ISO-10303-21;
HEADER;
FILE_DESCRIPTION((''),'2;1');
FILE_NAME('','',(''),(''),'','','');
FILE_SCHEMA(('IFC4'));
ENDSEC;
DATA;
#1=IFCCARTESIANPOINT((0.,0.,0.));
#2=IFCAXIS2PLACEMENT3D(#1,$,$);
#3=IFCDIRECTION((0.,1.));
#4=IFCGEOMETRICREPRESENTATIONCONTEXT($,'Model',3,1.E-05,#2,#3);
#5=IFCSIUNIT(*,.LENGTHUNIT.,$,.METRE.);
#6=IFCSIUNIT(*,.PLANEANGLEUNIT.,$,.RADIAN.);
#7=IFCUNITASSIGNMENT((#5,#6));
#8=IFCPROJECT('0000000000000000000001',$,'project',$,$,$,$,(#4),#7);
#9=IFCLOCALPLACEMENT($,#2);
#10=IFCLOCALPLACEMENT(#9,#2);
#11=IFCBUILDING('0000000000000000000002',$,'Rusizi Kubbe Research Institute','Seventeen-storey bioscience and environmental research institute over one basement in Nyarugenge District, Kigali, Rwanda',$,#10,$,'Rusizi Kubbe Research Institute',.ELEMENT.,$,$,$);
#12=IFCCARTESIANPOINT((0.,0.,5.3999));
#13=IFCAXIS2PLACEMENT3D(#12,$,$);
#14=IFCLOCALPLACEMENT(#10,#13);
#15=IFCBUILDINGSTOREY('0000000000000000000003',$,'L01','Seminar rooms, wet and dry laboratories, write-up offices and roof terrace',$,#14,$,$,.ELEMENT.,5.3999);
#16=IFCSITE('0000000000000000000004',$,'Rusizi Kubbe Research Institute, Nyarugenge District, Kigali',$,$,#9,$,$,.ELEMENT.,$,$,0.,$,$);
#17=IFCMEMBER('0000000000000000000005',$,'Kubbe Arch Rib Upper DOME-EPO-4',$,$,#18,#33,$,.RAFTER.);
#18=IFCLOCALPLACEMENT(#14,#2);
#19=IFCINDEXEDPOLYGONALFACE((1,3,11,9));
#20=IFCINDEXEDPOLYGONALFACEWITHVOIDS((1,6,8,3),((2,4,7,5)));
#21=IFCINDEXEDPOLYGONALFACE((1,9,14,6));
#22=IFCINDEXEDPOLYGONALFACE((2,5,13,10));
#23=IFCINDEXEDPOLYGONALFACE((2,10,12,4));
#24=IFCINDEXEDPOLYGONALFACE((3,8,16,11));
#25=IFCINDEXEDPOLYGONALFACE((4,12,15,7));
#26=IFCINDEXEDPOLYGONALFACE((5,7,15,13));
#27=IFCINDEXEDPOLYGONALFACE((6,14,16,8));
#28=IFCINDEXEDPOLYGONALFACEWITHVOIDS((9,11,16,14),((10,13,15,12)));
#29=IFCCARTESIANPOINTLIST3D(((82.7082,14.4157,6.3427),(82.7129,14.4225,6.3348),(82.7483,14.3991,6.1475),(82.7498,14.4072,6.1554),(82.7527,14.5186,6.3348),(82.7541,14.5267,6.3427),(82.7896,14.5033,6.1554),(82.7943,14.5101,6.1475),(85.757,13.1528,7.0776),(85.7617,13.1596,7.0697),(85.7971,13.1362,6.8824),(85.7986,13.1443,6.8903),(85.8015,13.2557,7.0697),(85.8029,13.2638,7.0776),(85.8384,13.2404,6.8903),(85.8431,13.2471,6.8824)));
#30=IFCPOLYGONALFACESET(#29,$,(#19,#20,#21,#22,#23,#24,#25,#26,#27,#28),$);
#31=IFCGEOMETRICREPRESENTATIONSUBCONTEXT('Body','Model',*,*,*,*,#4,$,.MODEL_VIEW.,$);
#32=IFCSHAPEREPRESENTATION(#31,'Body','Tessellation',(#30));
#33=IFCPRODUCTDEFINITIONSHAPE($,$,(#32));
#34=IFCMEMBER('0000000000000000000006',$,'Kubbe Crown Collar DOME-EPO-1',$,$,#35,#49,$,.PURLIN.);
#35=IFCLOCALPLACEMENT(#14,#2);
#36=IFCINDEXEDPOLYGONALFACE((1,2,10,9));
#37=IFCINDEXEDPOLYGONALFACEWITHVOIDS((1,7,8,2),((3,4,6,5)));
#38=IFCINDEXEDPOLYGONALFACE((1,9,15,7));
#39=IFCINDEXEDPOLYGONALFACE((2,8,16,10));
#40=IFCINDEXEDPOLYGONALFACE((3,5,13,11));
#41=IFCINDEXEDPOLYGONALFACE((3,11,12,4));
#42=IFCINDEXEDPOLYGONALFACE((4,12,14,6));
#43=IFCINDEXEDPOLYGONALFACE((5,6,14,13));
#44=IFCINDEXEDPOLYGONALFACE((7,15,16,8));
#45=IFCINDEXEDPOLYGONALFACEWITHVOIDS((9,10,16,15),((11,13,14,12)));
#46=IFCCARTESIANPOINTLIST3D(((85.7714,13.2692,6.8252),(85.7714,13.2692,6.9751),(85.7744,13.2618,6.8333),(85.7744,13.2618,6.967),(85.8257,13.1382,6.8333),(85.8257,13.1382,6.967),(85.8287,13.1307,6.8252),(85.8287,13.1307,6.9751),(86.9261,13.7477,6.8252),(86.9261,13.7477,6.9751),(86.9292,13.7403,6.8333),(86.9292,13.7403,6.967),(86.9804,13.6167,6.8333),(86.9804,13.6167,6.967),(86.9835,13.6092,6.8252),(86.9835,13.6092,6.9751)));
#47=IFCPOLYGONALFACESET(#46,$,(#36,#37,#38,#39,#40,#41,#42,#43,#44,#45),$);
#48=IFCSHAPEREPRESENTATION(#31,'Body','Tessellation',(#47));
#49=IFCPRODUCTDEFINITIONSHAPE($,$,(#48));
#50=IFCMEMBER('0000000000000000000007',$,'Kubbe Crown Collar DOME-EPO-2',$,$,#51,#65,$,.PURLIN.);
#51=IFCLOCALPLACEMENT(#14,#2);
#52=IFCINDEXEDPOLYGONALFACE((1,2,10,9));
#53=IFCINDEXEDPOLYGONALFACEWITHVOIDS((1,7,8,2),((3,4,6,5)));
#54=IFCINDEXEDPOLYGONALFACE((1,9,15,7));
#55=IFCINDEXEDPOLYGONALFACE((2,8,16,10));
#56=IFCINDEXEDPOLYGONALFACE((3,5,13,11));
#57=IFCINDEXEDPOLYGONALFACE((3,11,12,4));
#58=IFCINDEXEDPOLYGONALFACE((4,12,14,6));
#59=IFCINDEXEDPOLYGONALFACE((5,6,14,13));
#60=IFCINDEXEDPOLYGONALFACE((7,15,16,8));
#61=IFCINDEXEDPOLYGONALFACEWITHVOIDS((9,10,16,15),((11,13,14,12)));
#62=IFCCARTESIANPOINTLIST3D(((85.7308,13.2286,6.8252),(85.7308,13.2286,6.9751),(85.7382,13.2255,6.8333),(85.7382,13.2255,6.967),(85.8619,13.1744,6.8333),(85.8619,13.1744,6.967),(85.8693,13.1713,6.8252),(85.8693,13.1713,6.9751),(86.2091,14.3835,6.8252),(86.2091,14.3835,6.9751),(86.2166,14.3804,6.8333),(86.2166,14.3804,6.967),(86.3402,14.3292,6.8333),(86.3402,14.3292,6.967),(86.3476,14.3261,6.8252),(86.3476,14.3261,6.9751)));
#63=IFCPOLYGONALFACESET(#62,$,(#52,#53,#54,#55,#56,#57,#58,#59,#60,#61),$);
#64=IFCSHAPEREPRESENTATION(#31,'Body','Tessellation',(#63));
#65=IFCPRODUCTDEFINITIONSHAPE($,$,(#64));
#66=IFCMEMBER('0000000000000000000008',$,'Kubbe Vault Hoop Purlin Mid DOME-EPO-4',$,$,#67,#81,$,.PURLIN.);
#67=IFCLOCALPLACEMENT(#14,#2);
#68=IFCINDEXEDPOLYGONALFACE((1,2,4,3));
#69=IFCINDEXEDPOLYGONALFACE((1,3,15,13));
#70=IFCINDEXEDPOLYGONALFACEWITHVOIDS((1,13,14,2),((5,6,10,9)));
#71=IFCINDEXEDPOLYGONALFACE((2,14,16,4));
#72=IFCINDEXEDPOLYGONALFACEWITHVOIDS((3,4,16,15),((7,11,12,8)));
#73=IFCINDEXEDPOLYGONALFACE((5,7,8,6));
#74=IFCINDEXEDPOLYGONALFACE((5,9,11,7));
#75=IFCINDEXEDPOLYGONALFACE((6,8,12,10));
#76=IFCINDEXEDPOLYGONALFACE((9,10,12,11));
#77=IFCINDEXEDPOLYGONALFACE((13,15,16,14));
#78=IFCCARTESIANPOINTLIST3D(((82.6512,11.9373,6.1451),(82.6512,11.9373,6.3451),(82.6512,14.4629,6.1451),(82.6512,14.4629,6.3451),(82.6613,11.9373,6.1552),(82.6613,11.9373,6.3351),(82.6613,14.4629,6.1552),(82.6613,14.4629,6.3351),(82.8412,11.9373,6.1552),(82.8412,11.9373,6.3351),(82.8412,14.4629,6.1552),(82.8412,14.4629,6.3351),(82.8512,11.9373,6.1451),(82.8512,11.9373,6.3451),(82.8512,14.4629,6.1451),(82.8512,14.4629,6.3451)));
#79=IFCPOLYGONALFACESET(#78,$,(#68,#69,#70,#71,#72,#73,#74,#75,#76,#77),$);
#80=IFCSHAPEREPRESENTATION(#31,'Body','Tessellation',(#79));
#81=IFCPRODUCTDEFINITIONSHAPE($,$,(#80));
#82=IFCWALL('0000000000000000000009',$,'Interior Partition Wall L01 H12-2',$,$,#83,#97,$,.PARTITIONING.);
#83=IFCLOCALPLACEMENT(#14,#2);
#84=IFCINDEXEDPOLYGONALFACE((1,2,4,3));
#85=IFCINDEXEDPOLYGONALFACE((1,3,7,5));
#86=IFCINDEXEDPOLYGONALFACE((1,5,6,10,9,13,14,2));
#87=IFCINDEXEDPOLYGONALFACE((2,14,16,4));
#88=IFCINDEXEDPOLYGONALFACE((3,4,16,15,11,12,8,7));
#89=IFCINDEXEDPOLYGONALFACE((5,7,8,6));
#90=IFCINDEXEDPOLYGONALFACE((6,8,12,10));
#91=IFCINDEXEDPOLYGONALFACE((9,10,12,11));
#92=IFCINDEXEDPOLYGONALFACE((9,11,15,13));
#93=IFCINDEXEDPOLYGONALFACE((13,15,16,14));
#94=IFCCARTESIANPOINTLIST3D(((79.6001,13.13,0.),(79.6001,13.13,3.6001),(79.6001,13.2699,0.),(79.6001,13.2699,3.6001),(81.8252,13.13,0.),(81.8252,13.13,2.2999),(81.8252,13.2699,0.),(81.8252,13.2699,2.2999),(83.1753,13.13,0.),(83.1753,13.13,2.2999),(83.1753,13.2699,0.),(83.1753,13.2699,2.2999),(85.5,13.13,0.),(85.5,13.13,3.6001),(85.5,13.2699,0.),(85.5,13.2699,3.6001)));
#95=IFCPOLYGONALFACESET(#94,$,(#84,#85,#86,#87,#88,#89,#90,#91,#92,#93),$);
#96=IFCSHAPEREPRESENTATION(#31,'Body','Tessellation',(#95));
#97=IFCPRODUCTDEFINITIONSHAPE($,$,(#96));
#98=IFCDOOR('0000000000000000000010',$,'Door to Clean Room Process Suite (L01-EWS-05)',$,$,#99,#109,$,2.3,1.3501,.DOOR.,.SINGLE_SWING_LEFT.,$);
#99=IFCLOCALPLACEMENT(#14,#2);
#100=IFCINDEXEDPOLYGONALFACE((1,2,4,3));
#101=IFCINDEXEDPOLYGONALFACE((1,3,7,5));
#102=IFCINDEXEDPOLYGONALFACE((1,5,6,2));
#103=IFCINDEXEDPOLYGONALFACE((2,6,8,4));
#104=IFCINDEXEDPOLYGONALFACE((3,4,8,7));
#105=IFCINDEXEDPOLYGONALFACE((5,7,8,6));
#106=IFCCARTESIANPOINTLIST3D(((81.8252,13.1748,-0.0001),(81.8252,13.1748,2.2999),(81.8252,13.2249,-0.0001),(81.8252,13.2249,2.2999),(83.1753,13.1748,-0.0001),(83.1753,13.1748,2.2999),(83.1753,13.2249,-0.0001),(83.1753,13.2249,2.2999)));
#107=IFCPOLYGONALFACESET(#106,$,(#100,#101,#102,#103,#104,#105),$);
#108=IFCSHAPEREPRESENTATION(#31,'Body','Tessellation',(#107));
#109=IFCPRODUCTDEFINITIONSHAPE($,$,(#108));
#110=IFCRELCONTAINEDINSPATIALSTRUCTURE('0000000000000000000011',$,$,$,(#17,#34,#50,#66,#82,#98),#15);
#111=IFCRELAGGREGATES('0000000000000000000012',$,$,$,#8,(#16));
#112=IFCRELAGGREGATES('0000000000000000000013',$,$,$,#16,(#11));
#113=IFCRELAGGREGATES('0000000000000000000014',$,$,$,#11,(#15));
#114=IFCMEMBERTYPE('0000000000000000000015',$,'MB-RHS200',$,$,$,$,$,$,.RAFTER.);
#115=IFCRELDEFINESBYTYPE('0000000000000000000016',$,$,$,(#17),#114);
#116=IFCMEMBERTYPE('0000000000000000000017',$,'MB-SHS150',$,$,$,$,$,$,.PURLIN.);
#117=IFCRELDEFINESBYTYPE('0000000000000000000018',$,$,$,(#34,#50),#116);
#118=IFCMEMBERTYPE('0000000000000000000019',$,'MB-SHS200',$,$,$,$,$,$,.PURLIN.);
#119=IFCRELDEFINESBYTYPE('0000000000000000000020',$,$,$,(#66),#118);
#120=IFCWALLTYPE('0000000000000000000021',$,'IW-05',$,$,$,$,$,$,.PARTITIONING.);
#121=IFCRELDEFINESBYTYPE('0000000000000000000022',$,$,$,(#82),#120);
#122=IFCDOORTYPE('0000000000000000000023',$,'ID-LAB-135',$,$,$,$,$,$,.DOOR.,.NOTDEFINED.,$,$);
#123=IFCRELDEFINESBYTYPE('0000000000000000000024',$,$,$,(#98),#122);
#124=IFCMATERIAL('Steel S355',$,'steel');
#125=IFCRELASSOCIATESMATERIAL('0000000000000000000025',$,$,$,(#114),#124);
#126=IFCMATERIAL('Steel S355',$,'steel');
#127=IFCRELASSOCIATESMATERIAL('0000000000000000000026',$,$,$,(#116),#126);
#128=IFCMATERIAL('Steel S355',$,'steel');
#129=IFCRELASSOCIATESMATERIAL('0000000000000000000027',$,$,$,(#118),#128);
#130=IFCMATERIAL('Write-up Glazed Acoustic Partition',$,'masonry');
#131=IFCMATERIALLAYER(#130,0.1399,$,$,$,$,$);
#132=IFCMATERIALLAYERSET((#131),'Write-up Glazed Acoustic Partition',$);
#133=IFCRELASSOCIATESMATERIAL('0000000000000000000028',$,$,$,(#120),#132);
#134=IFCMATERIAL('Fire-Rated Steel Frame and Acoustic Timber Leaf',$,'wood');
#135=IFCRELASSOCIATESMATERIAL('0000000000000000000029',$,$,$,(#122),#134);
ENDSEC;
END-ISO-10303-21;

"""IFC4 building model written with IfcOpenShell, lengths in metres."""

from ifc_helpers import new_model, si_unit, direction, frame, frame_2d, origin, origin_2d, place, context, subcontext, project, spatial, rectangle, hollow_rectangle, extrude, material, layer, layer_set, material_profile, profile_set, type_object, element, fill, save


model = new_model("IFC4")

# Units and contexts
model_context = context("Model", 3, precision=1e-05, world=origin(), true_north=direction((0.0, 1.0)))
body_context = subcontext(model_context, "Body", "Model", "MODEL_VIEW")
ifc_project = project(units=[si_unit("LENGTHUNIT", "METRE"), si_unit("PLANEANGLEUNIT", "RADIAN")], contexts=[model_context])

# Site, building, storey
site_placement = place(None, origin())
site = spatial("IfcSite", under=ifc_project, at=site_placement, Name="Rusizi Kubbe Research Institute, Nyarugenge District, Kigali", CompositionType="ELEMENT", RefElevation=0.0)
building_placement = place(site_placement, origin())
building = spatial("IfcBuilding", under=site, at=building_placement, Name="Rusizi Kubbe Research Institute", Description="Seventeen-storey bioscience and environmental research institute over one basement in Nyarugenge District, Kigali, Rwanda", LongName="Rusizi Kubbe Research Institute", CompositionType="ELEMENT")
storey_placement = place(building_placement, frame((0.0, 0.0, 5.3999)))
storey = spatial("IfcBuildingStorey", under=building, at=storey_placement, Name="L01", Description="Seminar rooms, wet and dry laboratories, write-up offices and roof terrace", CompositionType="ELEMENT", Elevation=5.3999)

# Members
ifc_material_1 = material(Name="Steel S355", Category="steel")
ifc_material_profile_1 = material_profile(ifc_material_1, hollow_rectangle(XDim=0.1201, YDim=0.2, WallThickness=0.0081, at=origin_2d()), Name="RHS 200x120x8.0")
ifc_profile_set_1 = profile_set([ifc_material_profile_1], Name="Steel S355")
member_type_1 = type_object("IfcMemberType", Name="MB-RHS200", PredefinedType="RAFTER", material=ifc_profile_set_1)
member_1_placement = place(storey_placement, frame((82.7512, 14.4629, 6.2451), z_axis=(0.901784, -0.373553, 0.217358), x_axis=(0.382702, 0.923872, 0.0)))
element("IfcMember", 1, at=member_1_placement, inside=storey, type_object=member_type_1, Name="Kubbe Arch Rib Upper DOME-EPO-4", PredefinedType="RAFTER", context=body_context, shape_type="SweptSolid", body=[
    extrude(hollow_rectangle(XDim=0.1201, YDim=0.2, WallThickness=0.0081, at=origin_2d()), origin(), (0.0, 0.0, 1.0), 3.3809),
])
ifc_material_2 = material(Name="Steel S355", Category="steel")
ifc_material_profile_2 = material_profile(ifc_material_2, hollow_rectangle(XDim=0.1499, YDim=0.1499, WallThickness=0.0081, at=origin_2d()), Name="SHS 150x150x8.0")
ifc_profile_set_2 = profile_set([ifc_material_profile_2], Name="Steel S355")
member_type_2 = type_object("IfcMemberType", Name="MB-SHS150", PredefinedType="PURLIN", material=ifc_profile_set_2)
for number, where, z_axis, x_axis, name in (
    (2, (85.8, 13.2, 6.9001), (0.923826, 0.382812, 0.0), (-0.382812, 0.923826, 0.0), "Kubbe Crown Collar DOME-EPO-1"),
    (3, (85.8, 13.2, 6.9001), (0.382645, 0.923895, 0.0), (-0.923895, 0.382645, 0.0), "Kubbe Crown Collar DOME-EPO-2"),
):
    element("IfcMember", number, at=place(storey_placement, frame(where, z_axis=z_axis, x_axis=x_axis)), inside=storey, type_object=member_type_2, Name=name, PredefinedType="PURLIN", context=body_context, shape_type="SweptSolid", body=[
        extrude(hollow_rectangle(XDim=0.1499, YDim=0.1499, WallThickness=0.0081, at=origin_2d()), origin(), (0.0, 0.0, 1.0), 1.25),
    ])
ifc_material_3 = material(Name="Steel S355", Category="steel")
ifc_material_profile_3 = material_profile(ifc_material_3, hollow_rectangle(XDim=0.2, YDim=0.2, WallThickness=0.01, at=origin_2d()), Name="SHS 200x200x10.0")
ifc_profile_set_3 = profile_set([ifc_material_profile_3], Name="Steel S355")
member_type_3 = type_object("IfcMemberType", Name="MB-SHS200", PredefinedType="PURLIN", material=ifc_profile_set_3)
member_2_placement = place(storey_placement, frame((82.7512, 14.4629, 6.2451), z_axis=(0.0, -1.0, 0.0), x_axis=(1.0, 0.0, 0.0)))
element("IfcMember", 4, at=member_2_placement, inside=storey, type_object=member_type_3, Name="Kubbe Vault Hoop Purlin Mid DOME-EPO-4", PredefinedType="PURLIN", context=body_context, shape_type="SweptSolid", body=[
    extrude(hollow_rectangle(XDim=0.2, YDim=0.2, WallThickness=0.01, at=origin_2d()), origin(), (0.0, 0.0, 1.0), 2.5256),
])

# Wall, opening, door
ifc_material_4 = material(Name="Write-up Glazed Acoustic Partition", Category="masonry")
ifc_layer = layer(ifc_material_4, 0.1399)
ifc_layer_set = layer_set([ifc_layer], Name="Write-up Glazed Acoustic Partition")
wall_type = type_object("IfcWallType", Name="IW-05", PredefinedType="PARTITIONING", material=ifc_layer_set)
wall_placement = place(storey_placement, frame((79.6001, 13.2, 0.0), z_axis=(0.0, 0.0, 1.0), x_axis=(1.0, 0.0, 0.0)))
wall = element("IfcWall", 5, at=wall_placement, inside=storey, type_object=wall_type, Name="Interior Partition Wall L01 H12-2", PredefinedType="PARTITIONING", context=body_context, shape_type="SweptSolid", body=[
    extrude(rectangle(XDim=5.8999, YDim=0.1399, at=frame_2d((2.95, 0.0))), origin(), (0.0, 0.0, 1.0), 3.6001),
])
opening_placement = place(wall_placement, frame((2.2251, 0.0, 0.0)))
opening = element("IfcOpeningElement", 6, at=opening_placement, cuts=wall, PredefinedType="OPENING", context=body_context, shape_type="SweptSolid", body=[
    extrude(rectangle(XDim=1.3501, YDim=2.3, at=frame_2d((0.675, 1.1499))), frame((0.0, 0.0798, 0.0), z_axis=(0.0, -1.0, 0.0), x_axis=(1.0, 0.0, 0.0)), (0.0, 0.0, 1.0), 0.1599),
])
ifc_material_5 = material(Name="Fire-Rated Steel Frame and Acoustic Timber Leaf", Category="wood")
door_type = type_object("IfcDoorType", Name="ID-LAB-135", OperationType="NOTDEFINED", PredefinedType="DOOR", material=ifc_material_5)
door_placement = place(opening_placement, origin())
door = element("IfcDoor", 7, at=door_placement, inside=storey, type_object=door_type, Name="Door to Clean Room Process Suite (L01-EWS-05)", OperationType="SINGLE_SWING_LEFT", OverallHeight=2.3, OverallWidth=1.3501, PredefinedType="DOOR", context=body_context, shape_type="SweptSolid", body=[
    extrude(rectangle(XDim=1.3501, YDim=2.3, at=frame_2d((0.675, 1.1499))), frame((0.0, 0.0249, 0.0), z_axis=(0.0, -1.0, 0.0), x_axis=(1.0, 0.0, 0.0)), (0.0, 0.0, 1.0), 0.05),
])
fill(opening, door)

save(model, "model.ifc")
